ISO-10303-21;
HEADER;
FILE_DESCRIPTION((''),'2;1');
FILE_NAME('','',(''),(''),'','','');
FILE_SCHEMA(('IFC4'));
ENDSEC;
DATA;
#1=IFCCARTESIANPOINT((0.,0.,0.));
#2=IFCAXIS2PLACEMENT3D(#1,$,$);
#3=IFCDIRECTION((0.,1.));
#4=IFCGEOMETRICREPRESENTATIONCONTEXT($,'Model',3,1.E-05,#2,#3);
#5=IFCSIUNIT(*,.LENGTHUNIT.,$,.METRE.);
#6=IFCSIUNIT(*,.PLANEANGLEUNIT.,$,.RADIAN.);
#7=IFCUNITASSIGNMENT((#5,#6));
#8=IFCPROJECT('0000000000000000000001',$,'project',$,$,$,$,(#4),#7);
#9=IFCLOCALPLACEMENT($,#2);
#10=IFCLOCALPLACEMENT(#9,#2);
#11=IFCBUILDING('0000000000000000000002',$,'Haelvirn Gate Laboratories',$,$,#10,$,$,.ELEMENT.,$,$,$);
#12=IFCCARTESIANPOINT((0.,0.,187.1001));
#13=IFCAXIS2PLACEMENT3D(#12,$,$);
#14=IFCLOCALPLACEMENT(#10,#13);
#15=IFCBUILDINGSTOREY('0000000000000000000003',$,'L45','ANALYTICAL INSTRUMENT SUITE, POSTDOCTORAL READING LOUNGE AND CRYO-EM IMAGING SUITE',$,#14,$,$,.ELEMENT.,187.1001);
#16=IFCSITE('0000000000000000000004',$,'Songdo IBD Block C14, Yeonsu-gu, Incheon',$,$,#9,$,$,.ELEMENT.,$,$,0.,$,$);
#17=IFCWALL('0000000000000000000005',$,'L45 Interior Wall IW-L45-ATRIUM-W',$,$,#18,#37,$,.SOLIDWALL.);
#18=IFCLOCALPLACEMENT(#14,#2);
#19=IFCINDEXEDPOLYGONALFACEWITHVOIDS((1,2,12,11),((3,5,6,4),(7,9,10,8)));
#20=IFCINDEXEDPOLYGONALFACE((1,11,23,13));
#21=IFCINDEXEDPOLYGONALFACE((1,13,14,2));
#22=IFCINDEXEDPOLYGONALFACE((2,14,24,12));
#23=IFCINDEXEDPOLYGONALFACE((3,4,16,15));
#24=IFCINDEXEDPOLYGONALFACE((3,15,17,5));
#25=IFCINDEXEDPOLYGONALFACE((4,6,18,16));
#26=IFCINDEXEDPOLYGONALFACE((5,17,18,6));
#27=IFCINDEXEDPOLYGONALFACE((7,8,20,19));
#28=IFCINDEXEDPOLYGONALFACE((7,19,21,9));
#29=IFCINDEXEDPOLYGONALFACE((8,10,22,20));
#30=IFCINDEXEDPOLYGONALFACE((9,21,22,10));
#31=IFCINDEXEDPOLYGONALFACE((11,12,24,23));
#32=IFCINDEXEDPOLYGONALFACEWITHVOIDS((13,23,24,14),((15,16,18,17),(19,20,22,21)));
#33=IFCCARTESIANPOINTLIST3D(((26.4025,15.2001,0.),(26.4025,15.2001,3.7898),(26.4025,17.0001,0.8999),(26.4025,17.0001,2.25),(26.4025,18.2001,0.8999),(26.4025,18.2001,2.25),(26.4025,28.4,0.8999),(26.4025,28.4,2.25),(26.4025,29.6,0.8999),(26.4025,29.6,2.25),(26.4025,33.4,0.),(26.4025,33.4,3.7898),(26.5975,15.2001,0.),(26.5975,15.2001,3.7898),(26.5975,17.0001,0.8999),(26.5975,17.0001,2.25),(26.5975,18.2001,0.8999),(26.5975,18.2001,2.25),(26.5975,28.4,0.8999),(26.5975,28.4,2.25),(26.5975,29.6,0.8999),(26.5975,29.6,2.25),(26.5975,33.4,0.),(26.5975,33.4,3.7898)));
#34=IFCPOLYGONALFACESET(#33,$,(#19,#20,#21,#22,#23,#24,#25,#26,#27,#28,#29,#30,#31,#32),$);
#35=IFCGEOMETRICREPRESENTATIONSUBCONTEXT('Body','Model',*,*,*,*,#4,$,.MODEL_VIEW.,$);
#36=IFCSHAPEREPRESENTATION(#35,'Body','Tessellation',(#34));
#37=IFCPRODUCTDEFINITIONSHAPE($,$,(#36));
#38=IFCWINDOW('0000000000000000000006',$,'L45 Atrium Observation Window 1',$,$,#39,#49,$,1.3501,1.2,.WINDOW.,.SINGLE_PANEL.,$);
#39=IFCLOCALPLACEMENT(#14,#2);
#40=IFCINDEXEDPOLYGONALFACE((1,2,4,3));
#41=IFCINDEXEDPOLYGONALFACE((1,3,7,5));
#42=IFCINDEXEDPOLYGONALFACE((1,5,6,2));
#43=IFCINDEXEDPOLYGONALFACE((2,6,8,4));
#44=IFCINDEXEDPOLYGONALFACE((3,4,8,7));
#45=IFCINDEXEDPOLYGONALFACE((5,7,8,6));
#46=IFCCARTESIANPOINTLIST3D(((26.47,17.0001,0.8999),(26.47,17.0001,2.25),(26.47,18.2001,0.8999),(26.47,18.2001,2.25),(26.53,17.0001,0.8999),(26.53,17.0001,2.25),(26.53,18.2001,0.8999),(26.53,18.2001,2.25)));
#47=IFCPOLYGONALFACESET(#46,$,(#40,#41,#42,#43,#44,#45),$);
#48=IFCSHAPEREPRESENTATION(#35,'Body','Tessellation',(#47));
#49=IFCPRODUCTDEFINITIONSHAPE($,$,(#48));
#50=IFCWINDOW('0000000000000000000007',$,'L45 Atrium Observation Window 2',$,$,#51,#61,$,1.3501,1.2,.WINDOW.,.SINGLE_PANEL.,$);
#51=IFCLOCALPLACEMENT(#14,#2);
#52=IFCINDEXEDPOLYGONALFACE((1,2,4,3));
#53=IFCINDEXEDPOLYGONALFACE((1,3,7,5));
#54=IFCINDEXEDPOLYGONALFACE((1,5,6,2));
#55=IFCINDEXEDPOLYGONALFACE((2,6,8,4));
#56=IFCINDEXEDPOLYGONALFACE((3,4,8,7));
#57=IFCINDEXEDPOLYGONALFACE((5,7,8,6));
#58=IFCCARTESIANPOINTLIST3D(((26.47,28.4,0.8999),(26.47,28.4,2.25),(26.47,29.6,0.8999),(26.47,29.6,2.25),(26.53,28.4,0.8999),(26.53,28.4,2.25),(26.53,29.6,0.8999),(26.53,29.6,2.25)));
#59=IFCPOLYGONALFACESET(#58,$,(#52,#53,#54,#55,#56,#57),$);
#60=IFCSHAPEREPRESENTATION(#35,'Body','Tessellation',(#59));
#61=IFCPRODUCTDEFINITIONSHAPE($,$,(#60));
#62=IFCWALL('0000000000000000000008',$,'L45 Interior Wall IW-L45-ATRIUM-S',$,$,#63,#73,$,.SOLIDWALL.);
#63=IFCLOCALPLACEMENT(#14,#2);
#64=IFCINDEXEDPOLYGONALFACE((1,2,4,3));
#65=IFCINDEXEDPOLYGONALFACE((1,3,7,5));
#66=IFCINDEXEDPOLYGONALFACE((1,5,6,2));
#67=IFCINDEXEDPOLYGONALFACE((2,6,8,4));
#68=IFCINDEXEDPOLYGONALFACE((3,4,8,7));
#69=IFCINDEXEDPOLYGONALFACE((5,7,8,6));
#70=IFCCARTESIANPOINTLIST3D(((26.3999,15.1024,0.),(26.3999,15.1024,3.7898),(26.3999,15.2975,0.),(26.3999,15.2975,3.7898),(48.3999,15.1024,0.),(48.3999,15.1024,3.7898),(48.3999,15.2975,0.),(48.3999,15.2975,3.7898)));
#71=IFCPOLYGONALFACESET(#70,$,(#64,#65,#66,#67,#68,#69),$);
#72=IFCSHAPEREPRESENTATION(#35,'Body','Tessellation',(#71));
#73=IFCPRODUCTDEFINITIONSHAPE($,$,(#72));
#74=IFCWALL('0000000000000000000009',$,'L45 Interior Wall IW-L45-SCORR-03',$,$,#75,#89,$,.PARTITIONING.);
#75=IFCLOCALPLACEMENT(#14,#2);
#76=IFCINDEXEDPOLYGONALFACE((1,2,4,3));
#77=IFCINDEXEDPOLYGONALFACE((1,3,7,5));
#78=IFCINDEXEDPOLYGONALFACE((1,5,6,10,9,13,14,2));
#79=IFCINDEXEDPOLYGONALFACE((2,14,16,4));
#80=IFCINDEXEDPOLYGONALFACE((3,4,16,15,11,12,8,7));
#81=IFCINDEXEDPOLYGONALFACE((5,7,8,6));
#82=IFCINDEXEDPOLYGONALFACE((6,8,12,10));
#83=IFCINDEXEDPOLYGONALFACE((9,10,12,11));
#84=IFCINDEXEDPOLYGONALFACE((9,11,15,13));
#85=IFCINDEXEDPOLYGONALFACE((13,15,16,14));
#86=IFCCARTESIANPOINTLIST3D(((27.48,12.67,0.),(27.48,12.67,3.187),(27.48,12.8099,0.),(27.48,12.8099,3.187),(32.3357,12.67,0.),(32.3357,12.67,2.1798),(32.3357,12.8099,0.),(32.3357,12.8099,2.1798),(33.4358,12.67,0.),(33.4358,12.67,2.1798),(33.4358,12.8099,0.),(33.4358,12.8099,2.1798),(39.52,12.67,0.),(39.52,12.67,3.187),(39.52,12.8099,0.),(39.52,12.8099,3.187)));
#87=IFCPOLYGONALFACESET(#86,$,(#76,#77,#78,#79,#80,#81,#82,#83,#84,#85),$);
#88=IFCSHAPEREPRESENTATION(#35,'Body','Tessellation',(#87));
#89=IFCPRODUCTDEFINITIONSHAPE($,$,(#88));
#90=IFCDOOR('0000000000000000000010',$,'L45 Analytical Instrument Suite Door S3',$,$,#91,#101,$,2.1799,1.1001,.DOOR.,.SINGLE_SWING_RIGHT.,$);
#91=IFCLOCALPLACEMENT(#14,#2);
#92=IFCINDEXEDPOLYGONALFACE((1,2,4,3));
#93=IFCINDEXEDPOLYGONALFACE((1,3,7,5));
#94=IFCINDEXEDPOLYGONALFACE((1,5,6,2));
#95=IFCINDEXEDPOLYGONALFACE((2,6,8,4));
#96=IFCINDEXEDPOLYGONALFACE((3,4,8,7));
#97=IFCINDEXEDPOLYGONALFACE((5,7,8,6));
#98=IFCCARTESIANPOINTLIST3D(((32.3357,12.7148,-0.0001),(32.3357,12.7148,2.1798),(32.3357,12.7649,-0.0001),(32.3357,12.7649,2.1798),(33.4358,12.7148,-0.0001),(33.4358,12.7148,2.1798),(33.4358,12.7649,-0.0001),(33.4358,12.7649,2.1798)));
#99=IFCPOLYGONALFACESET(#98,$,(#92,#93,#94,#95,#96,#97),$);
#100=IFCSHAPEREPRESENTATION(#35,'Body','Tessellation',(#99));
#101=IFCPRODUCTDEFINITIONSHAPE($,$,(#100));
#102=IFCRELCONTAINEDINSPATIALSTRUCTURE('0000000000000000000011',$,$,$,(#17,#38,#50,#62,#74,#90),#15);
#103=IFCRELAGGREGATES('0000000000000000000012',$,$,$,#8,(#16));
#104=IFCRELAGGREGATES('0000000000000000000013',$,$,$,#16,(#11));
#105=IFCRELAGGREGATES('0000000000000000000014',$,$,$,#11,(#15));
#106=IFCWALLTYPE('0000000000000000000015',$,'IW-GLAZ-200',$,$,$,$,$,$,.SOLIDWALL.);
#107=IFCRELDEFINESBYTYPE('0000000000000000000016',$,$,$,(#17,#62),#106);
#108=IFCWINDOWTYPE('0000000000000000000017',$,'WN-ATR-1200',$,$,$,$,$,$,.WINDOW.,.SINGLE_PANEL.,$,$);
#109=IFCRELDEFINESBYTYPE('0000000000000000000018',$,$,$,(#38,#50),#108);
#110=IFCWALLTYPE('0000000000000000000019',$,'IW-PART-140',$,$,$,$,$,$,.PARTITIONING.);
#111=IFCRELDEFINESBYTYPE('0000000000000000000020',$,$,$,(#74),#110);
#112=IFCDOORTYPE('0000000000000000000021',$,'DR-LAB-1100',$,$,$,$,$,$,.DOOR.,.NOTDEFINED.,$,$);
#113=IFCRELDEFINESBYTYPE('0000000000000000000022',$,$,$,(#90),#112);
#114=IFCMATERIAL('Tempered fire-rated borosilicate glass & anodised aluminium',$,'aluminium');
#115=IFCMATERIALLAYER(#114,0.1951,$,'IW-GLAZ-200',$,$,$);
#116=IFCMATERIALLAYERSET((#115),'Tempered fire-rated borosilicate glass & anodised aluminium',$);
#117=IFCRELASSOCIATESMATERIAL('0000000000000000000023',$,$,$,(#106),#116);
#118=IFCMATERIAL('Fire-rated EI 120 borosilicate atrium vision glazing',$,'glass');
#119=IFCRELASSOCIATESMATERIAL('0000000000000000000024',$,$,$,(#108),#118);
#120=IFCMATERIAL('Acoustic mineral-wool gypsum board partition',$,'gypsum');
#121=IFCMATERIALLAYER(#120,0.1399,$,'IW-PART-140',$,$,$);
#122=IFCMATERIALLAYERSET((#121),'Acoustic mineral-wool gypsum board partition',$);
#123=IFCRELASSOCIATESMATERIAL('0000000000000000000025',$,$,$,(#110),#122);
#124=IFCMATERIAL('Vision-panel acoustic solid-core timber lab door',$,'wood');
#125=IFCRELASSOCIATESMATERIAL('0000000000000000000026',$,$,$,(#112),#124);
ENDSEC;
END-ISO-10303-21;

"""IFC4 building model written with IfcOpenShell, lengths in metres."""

from ifc_helpers import new_model, si_unit, direction, frame, frame_2d, origin, place, context, subcontext, project, spatial, rectangle, extrude, source, transform, mapped, material, layer, layer_set, type_object, type_shapes, element, fill, save


model = new_model("IFC4")

# Units and contexts
model_context = context("Model", 3, precision=1e-05, world=origin(), true_north=direction((0.0, 1.0)))
body_context = subcontext(model_context, "Body", "Model", "MODEL_VIEW")
ifc_project = project(units=[si_unit("LENGTHUNIT", "METRE"), si_unit("PLANEANGLEUNIT", "RADIAN")], contexts=[model_context])

# Site, building, storey
site_placement = place(None, origin())
site = spatial("IfcSite", under=ifc_project, at=site_placement, Name="Songdo IBD Block C14, Yeonsu-gu, Incheon", CompositionType="ELEMENT", RefElevation=0.0)
building_placement = place(site_placement, origin())
building = spatial("IfcBuilding", under=site, at=building_placement, Name="Haelvirn Gate Laboratories", CompositionType="ELEMENT")
storey_placement = place(building_placement, frame((0.0, 0.0, 187.1001)))
storey = spatial("IfcBuildingStorey", under=building, at=storey_placement, Name="L45", Description="ANALYTICAL INSTRUMENT SUITE, POSTDOCTORAL READING LOUNGE AND CRYO-EM IMAGING SUITE", CompositionType="ELEMENT", Elevation=187.1001)

# Wall, openings, windows
ifc_material_1 = material(Name="Tempered fire-rated borosilicate glass & anodised aluminium", Category="aluminium")
ifc_layer_1 = layer(ifc_material_1, 0.1951, Name="IW-GLAZ-200")
ifc_layer_set_1 = layer_set([ifc_layer_1], Name="Tempered fire-rated borosilicate glass & anodised aluminium")
wall_type_1 = type_object("IfcWallType", Name="IW-GLAZ-200", PredefinedType="SOLIDWALL", material=ifc_layer_set_1)
wall_1_placement = place(storey_placement, frame((26.5, 15.2, 0.0), z_axis=(0.0, 0.0, 1.0), x_axis=(0.0, 1.0, 0.0)))
wall_1 = element("IfcWall", 1, at=wall_1_placement, inside=storey, type_object=wall_type_1, Name="L45 Interior Wall IW-L45-ATRIUM-W", PredefinedType="SOLIDWALL", context=body_context, shape_type="SweptSolid", body=[
    extrude(rectangle(XDim=18.2, YDim=0.1951, at=frame_2d((9.1001, 0.0))), origin(), (0.0, 0.0, 1.0), 3.7898),
])
opening_1_placement = place(wall_1_placement, frame((1.8, 0.0, 0.8999)))
opening_1 = element("IfcOpeningElement", 2, at=opening_1_placement, cuts=wall_1, PredefinedType="OPENING", context=body_context, shape_type="SweptSolid", body=[
    extrude(rectangle(XDim=1.2, YDim=1.3501, at=frame_2d((0.6001, 0.675))), frame((0.0, 0.1074, 0.0), z_axis=(0.0, -1.0, 0.0), x_axis=(1.0, 0.0, 0.0)), (0.0, 0.0, 1.0), 0.2151),
])
opening_2_placement = place(wall_1_placement, frame((13.2, 0.0, 0.8999)))
opening_2 = element("IfcOpeningElement", 3, at=opening_2_placement, cuts=wall_1, PredefinedType="OPENING", context=body_context, shape_type="SweptSolid", body=[
    extrude(rectangle(XDim=1.2, YDim=1.3501, at=frame_2d((0.6001, 0.675))), frame((0.0, 0.1074, 0.0), z_axis=(0.0, -1.0, 0.0), x_axis=(1.0, 0.0, 0.0)), (0.0, 0.0, 1.0), 0.2151),
])
ifc_material_2 = material(Name="Fire-rated EI 120 borosilicate atrium vision glazing", Category="glass")
window_type = type_object("IfcWindowType", Name="WN-ATR-1200", PartitioningType="SINGLE_PANEL", PredefinedType="WINDOW", material=ifc_material_2)
shared_shape_1 = source(origin(), body_context, "Body", "SweptSolid", [
    extrude(rectangle(XDim=1.2, YDim=1.3501, at=frame_2d((0.6001, 0.675))), frame((0.0, 0.03, 0.0), z_axis=(0.0, -1.0, 0.0), x_axis=(1.0, 0.0, 0.0)), (0.0, 0.0, 1.0), 0.0601),
])
type_shapes(window_type, [shared_shape_1])
window_1_placement = place(opening_1_placement, origin())
window_1 = element("IfcWindow", 4, at=window_1_placement, inside=storey, type_object=window_type, Name="L45 Atrium Observation Window 1", OverallHeight=1.3501, OverallWidth=1.2, PartitioningType="SINGLE_PANEL", PredefinedType="WINDOW", context=body_context, shape_type="MappedRepresentation", body=[
    mapped(shared_shape_1, transform((0.0, 0.0, 0.0), scale=1.0)),
])
fill(opening_1, window_1)
window_2_placement = place(opening_2_placement, origin())
window_2 = element("IfcWindow", 5, at=window_2_placement, inside=storey, type_object=window_type, Name="L45 Atrium Observation Window 2", OverallHeight=1.3501, OverallWidth=1.2, PartitioningType="SINGLE_PANEL", PredefinedType="WINDOW", context=body_context, shape_type="MappedRepresentation", body=[
    mapped(shared_shape_1, transform((0.0, 0.0, 0.0), scale=1.0)),
])
fill(opening_2, window_2)

# Wall
wall_2_placement = place(storey_placement, frame((26.3999, 15.2, 0.0), z_axis=(0.0, 0.0, 1.0), x_axis=(1.0, 0.0, 0.0)))
element("IfcWall", 6, at=wall_2_placement, inside=storey, type_object=wall_type_1, Name="L45 Interior Wall IW-L45-ATRIUM-S", PredefinedType="SOLIDWALL", context=body_context, shape_type="SweptSolid", body=[
    extrude(rectangle(XDim=22.0, YDim=0.1951, at=frame_2d((11.0, 0.0))), origin(), (0.0, 0.0, 1.0), 3.7898),
])

# Wall, opening, door
ifc_material_3 = material(Name="Acoustic mineral-wool gypsum board partition", Category="gypsum")
ifc_layer_2 = layer(ifc_material_3, 0.1399, Name="IW-PART-140")
ifc_layer_set_2 = layer_set([ifc_layer_2], Name="Acoustic mineral-wool gypsum board partition")
wall_type_2 = type_object("IfcWallType", Name="IW-PART-140", PredefinedType="PARTITIONING", material=ifc_layer_set_2)
wall_3_placement = place(storey_placement, frame((27.48, 12.74, 0.0), z_axis=(0.0, 0.0, 1.0), x_axis=(1.0, 0.0, 0.0)))
wall_3 = element("IfcWall", 7, at=wall_3_placement, inside=storey, type_object=wall_type_2, Name="L45 Interior Wall IW-L45-SCORR-03", PredefinedType="PARTITIONING", context=body_context, shape_type="SweptSolid", body=[
    extrude(rectangle(XDim=12.04, YDim=0.1399, at=frame_2d((6.02, 0.0))), origin(), (0.0, 0.0, 1.0), 3.187),
])
opening_3_placement = place(wall_3_placement, frame((4.8557, 0.0, 0.0)))
opening_3 = element("IfcOpeningElement", 8, at=opening_3_placement, cuts=wall_3, PredefinedType="OPENING", context=body_context, shape_type="SweptSolid", body=[
    extrude(rectangle(XDim=1.1001, YDim=2.1799, at=frame_2d((0.55, 1.0898))), frame((0.0, 0.0801, 0.0), z_axis=(0.0, -1.0, 0.0), x_axis=(1.0, 0.0, 0.0)), (0.0, 0.0, 1.0), 0.1599),
])
ifc_material_4 = material(Name="Vision-panel acoustic solid-core timber lab door", Category="wood")
door_type = type_object("IfcDoorType", Name="DR-LAB-1100", OperationType="NOTDEFINED", PredefinedType="DOOR", material=ifc_material_4)
shared_shape_2 = source(origin(), body_context, "Body", "SweptSolid", [
    extrude(rectangle(XDim=1.1001, YDim=2.1799, at=frame_2d((0.55, 1.0898))), frame((0.0, 0.0249, 0.0), z_axis=(0.0, -1.0, 0.0), x_axis=(1.0, 0.0, 0.0)), (0.0, 0.0, 1.0), 0.05),
])
type_shapes(door_type, [shared_shape_2])
door_placement = place(opening_3_placement, origin())
door = element("IfcDoor", 9, at=door_placement, inside=storey, type_object=door_type, Name="L45 Analytical Instrument Suite Door S3", OperationType="SINGLE_SWING_RIGHT", OverallHeight=2.1799, OverallWidth=1.1001, PredefinedType="DOOR", context=body_context, shape_type="MappedRepresentation", body=[
    mapped(shared_shape_2, transform((0.0, 0.0, 0.0), scale=1.0)),
])
fill(opening_3, door)

save(model, "model.ifc")
